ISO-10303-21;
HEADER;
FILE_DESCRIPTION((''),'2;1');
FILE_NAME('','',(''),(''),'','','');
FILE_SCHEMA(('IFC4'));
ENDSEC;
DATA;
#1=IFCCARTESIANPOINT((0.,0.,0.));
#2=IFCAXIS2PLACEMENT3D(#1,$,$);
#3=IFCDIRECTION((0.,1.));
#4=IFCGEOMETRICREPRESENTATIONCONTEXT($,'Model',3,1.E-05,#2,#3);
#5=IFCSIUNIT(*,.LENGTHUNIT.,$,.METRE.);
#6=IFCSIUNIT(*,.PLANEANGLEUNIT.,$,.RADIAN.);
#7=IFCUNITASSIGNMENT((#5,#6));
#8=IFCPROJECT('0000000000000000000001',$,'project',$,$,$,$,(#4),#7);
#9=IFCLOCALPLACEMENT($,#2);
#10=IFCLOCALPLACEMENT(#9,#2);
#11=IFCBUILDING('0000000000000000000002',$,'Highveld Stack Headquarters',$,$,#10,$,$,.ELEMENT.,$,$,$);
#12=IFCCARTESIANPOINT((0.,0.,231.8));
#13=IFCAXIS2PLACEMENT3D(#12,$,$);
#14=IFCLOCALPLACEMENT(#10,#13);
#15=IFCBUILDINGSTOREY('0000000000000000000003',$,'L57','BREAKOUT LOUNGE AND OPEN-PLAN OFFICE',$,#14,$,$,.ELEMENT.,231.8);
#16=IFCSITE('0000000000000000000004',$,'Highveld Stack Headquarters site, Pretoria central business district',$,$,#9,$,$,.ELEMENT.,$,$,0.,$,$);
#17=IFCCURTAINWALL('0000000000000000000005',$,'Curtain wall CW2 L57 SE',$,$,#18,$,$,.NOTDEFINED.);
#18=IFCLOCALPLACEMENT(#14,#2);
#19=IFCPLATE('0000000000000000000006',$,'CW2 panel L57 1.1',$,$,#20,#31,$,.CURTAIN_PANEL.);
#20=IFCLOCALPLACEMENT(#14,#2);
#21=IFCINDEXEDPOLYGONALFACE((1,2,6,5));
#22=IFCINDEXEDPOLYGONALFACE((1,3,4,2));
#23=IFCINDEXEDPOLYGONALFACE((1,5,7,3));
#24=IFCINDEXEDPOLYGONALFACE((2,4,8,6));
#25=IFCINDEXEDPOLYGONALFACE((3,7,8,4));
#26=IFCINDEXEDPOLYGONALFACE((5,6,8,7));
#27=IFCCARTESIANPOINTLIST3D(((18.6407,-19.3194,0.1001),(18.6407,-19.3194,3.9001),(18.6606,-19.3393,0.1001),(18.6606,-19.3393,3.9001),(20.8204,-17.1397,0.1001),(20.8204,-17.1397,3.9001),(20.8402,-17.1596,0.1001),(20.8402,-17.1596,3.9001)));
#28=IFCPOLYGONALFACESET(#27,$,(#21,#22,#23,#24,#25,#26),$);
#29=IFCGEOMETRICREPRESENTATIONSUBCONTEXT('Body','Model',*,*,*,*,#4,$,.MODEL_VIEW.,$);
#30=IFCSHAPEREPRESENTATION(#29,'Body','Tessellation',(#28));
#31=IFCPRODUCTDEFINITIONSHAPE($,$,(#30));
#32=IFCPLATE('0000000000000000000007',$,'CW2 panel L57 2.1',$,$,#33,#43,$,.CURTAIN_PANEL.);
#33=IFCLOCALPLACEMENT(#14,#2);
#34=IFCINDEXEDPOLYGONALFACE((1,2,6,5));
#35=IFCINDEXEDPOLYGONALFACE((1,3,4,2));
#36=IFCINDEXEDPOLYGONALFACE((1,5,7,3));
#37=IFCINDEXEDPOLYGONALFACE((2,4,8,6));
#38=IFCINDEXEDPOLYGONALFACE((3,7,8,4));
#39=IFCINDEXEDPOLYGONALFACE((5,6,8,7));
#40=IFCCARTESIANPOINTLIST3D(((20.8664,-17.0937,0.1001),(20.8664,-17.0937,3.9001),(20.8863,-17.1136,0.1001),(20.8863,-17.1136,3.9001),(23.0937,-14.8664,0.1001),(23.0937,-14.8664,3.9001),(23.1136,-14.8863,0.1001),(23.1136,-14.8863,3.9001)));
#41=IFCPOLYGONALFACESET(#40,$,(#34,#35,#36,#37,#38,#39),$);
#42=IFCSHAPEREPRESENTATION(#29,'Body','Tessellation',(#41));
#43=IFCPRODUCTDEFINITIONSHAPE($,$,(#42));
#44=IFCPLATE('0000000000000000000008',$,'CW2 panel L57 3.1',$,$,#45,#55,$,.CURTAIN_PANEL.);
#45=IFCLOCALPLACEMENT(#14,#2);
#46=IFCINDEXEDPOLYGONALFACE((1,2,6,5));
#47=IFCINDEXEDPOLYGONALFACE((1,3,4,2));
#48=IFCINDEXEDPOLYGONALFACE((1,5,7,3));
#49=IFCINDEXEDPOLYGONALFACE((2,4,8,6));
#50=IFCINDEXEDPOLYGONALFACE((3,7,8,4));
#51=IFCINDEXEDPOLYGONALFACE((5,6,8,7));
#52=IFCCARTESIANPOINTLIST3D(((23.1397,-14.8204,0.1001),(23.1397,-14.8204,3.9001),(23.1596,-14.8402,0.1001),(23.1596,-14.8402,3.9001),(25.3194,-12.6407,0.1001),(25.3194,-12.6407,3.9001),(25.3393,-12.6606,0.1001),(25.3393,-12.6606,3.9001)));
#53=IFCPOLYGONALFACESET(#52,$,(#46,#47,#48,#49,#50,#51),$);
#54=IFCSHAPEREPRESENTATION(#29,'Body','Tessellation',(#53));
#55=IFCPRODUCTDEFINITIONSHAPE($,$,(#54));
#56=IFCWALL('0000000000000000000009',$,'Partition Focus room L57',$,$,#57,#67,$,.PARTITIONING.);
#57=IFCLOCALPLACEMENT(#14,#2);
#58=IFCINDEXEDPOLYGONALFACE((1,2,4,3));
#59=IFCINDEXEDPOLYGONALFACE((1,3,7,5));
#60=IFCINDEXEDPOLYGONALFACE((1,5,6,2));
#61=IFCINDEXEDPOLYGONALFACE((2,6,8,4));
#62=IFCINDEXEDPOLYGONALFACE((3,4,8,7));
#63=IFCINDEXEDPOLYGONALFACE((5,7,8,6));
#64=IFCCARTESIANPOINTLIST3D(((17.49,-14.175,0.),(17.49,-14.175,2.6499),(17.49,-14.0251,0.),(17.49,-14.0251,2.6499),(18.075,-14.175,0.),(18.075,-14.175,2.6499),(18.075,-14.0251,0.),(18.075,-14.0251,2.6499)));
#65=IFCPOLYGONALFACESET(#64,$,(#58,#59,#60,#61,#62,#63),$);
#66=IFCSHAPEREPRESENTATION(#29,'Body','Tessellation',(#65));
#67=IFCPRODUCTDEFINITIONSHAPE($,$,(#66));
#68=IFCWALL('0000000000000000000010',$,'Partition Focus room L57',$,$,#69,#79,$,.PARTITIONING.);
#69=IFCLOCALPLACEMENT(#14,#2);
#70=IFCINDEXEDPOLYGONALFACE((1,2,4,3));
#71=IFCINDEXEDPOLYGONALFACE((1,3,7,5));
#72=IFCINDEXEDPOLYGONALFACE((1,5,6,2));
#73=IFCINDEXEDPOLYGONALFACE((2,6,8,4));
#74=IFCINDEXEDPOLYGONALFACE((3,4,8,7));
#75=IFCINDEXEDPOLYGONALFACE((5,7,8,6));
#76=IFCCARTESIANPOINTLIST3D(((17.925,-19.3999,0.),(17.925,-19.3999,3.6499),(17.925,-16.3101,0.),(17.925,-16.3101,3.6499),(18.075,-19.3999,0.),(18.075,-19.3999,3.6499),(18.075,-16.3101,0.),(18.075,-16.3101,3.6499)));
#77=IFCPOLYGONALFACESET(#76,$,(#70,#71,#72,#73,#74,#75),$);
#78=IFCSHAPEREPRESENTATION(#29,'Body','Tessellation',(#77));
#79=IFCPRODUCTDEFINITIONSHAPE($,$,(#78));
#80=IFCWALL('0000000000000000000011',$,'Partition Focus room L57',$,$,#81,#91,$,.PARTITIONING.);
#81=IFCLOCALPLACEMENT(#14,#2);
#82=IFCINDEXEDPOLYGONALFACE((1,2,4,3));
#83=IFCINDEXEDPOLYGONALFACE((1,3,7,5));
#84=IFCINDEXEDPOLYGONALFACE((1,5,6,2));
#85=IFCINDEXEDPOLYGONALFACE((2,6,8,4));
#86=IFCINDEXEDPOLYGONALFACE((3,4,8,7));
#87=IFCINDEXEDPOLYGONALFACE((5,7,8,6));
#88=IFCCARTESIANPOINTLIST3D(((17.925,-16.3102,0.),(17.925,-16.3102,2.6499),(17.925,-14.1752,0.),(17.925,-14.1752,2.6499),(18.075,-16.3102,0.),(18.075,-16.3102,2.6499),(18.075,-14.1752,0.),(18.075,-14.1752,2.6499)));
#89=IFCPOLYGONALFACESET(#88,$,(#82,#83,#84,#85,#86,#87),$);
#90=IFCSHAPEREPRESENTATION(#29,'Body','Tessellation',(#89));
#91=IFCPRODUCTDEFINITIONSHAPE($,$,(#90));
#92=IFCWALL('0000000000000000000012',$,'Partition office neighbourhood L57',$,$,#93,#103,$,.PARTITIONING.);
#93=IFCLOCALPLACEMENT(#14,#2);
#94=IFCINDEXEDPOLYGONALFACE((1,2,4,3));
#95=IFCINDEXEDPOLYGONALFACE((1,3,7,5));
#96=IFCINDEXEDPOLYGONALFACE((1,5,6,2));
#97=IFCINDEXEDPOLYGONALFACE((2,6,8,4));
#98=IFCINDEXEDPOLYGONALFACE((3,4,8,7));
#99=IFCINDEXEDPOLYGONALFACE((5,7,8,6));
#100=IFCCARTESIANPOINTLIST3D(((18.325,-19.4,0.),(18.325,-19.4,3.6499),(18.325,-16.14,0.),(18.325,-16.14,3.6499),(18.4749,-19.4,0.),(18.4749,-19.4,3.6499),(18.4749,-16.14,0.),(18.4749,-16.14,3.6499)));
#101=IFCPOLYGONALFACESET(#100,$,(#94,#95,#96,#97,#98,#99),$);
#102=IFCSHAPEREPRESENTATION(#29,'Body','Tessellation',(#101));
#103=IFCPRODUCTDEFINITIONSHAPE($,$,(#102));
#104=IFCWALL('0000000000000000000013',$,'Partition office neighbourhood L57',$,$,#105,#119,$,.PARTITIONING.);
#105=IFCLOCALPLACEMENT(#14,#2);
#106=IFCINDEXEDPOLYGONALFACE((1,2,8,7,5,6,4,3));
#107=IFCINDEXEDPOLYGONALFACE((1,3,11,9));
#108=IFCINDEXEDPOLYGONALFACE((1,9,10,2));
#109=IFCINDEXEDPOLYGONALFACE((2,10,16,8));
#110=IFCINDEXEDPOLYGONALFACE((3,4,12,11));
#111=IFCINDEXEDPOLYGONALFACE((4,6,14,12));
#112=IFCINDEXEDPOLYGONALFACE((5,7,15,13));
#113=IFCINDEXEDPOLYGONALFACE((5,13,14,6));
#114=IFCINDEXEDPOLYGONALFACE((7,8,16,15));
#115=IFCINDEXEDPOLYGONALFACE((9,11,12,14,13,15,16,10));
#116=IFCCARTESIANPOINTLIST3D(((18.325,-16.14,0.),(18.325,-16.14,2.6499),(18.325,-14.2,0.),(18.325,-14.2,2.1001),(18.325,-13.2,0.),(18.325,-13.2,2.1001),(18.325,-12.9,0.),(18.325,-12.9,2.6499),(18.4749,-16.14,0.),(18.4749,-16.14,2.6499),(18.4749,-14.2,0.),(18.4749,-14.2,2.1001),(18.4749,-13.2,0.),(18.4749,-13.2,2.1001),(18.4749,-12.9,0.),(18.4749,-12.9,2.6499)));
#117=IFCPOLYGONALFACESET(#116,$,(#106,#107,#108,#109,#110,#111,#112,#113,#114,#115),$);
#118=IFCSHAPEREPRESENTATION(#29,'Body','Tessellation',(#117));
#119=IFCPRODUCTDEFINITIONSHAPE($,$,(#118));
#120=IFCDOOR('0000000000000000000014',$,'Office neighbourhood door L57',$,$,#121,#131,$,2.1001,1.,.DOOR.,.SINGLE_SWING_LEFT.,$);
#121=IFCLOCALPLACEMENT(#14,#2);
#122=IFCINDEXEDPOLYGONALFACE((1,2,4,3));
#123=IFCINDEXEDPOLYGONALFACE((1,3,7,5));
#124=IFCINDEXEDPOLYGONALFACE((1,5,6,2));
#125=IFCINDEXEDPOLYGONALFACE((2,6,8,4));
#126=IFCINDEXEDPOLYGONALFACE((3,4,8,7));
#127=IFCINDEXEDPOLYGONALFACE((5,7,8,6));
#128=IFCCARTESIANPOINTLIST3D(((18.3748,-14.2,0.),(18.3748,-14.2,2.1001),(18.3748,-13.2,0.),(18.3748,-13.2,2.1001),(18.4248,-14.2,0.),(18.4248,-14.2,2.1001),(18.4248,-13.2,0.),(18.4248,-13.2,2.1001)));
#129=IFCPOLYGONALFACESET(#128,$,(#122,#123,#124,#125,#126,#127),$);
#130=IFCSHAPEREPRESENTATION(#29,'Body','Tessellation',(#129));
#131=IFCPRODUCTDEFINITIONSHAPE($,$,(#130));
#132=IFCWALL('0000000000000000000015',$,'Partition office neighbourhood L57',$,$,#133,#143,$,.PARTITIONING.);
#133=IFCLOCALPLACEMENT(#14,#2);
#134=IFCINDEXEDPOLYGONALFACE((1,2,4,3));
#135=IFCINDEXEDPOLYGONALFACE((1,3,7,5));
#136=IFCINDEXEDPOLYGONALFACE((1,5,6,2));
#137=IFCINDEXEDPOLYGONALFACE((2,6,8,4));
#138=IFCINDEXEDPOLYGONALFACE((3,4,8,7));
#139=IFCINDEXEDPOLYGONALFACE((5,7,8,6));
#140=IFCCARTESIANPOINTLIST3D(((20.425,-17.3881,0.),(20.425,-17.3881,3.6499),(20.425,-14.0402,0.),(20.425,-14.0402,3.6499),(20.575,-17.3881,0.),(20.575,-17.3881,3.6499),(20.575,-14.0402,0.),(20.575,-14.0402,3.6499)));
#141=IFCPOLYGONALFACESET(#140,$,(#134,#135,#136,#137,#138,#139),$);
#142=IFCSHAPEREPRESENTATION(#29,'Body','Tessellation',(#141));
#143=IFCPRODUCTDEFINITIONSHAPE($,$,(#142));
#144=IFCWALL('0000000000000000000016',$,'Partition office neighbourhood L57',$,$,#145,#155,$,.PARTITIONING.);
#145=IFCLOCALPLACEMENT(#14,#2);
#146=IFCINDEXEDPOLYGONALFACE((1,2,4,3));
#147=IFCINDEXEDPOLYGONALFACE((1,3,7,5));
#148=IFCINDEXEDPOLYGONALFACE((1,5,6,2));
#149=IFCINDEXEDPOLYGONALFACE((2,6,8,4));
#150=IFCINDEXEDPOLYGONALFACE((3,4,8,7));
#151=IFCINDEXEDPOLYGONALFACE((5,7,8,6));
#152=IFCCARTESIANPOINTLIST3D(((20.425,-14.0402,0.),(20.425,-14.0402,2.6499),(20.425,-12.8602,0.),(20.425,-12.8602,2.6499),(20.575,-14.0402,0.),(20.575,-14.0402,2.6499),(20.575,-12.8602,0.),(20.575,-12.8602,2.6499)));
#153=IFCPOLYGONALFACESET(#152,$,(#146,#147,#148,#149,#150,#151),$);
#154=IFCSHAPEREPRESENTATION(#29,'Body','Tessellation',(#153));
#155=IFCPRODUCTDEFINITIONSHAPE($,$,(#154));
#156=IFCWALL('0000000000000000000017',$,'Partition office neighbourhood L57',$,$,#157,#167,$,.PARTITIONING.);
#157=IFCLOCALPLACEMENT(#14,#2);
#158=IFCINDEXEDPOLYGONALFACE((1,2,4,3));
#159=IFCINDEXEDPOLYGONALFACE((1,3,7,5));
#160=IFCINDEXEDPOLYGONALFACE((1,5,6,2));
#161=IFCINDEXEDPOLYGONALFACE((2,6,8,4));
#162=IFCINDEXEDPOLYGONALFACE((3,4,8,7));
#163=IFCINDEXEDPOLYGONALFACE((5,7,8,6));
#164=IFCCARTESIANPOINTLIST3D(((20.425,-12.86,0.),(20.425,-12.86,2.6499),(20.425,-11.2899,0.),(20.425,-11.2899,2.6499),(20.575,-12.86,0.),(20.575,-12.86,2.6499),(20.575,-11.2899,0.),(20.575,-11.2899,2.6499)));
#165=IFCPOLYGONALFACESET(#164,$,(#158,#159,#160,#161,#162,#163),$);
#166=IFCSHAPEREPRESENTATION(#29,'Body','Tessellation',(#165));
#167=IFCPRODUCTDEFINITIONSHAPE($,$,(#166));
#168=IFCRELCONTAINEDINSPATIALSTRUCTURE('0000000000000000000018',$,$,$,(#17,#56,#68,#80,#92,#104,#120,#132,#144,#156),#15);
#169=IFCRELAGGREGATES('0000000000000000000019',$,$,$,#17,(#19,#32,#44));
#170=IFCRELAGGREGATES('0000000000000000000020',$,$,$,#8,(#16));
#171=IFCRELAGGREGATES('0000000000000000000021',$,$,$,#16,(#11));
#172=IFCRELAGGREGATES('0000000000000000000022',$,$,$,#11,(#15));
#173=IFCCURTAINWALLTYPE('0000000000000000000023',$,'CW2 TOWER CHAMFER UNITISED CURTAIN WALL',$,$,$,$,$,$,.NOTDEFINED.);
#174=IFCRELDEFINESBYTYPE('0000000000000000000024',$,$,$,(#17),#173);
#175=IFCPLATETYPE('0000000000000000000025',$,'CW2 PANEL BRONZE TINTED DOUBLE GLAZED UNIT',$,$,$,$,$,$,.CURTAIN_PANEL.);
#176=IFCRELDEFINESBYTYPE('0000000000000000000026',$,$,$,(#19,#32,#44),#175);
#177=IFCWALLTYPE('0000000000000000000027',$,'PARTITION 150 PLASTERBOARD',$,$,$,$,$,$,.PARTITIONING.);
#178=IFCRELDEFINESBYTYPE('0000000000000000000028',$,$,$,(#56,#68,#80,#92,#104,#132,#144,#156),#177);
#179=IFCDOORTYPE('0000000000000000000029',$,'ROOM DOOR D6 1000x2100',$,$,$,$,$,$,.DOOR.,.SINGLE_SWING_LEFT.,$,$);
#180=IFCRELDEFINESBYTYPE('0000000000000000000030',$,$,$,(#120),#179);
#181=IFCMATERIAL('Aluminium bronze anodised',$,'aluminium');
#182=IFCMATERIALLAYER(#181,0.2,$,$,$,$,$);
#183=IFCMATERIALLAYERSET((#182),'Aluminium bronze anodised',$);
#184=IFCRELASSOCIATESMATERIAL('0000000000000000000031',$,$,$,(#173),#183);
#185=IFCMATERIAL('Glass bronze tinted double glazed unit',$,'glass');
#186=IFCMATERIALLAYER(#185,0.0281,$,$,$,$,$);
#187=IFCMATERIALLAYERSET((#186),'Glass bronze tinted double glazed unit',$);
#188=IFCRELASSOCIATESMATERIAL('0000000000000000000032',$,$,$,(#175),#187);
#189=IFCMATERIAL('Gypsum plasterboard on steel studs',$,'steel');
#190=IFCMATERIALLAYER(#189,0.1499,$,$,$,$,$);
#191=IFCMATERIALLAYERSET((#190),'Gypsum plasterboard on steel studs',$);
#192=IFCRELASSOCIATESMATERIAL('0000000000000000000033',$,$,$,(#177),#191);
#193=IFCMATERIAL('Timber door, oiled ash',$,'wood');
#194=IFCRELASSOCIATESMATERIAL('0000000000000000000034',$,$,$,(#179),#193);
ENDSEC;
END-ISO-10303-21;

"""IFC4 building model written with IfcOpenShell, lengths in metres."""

from ifc_helpers import new_model, si_unit, direction, frame, frame_2d, origin, origin_2d, place, context, subcontext, project, spatial, rectangle, extrude, material, layer, layer_set, type_object, element, fill, aggregate, save


model = new_model("IFC4")

# Units and contexts
model_context = context("Model", 3, precision=1e-05, world=origin(), true_north=direction((0.0, 1.0)))
body_context = subcontext(model_context, "Body", "Model", "MODEL_VIEW")
ifc_project = project(units=[si_unit("LENGTHUNIT", "METRE"), si_unit("PLANEANGLEUNIT", "RADIAN")], contexts=[model_context])

# Site, building, storey
site_placement = place(None, origin())
site = spatial("IfcSite", under=ifc_project, at=site_placement, Name="Highveld Stack Headquarters site, Pretoria central business district", CompositionType="ELEMENT", RefElevation=0.0)
building_placement = place(site_placement, origin())
building = spatial("IfcBuilding", under=site, at=building_placement, Name="Highveld Stack Headquarters", CompositionType="ELEMENT")
storey_placement = place(building_placement, frame((0.0, 0.0, 231.8)))
storey = spatial("IfcBuildingStorey", under=building, at=storey_placement, Name="L57", Description="BREAKOUT LOUNGE AND OPEN-PLAN OFFICE", CompositionType="ELEMENT", Elevation=231.8)

# Curtain wall, plates
ifc_material_1 = material(Name="Aluminium bronze anodised", Category="aluminium")
ifc_layer_1 = layer(ifc_material_1, 0.2)
ifc_layer_set_1 = layer_set([ifc_layer_1], Name="Aluminium bronze anodised")
curtain_wall_type_1 = type_object("IfcCurtainWallType", Name="CW2 TOWER CHAMFER UNITISED CURTAIN WALL", PredefinedType="NOTDEFINED", material=ifc_layer_set_1)
curtain_wall_1_placement = place(storey_placement, origin())
curtain_wall_1 = element("IfcCurtainWall", 1, at=curtain_wall_1_placement, inside=storey, type_object=curtain_wall_type_1, Name="Curtain wall CW2 L57 SE", PredefinedType="NOTDEFINED")
ifc_material_2 = material(Name="Glass bronze tinted double glazed unit", Category="glass")
ifc_layer_2 = layer(ifc_material_2, 0.0281)
ifc_layer_set_2 = layer_set([ifc_layer_2], Name="Glass bronze tinted double glazed unit")
plate_type = type_object("IfcPlateType", Name="CW2 PANEL BRONZE TINTED DOUBLE GLAZED UNIT", PredefinedType="CURTAIN_PANEL", material=ifc_layer_set_2)
plate_1_placement = place(storey_placement, frame((19.7405, -18.2395, 0.1001), z_axis=(0.0, 0.0, 1.0), x_axis=(0.707107, 0.707107, 0.0)))
plate_1 = element("IfcPlate", 2, at=plate_1_placement, type_object=plate_type, Name="CW2 panel L57 1.1", PredefinedType="CURTAIN_PANEL", context=body_context, shape_type="SweptSolid", body=[
    extrude(rectangle(XDim=3.0825, YDim=0.0281, at=origin_2d()), origin(), (0.0, 0.0, 1.0), 3.8),
])
plate_2_placement = place(storey_placement, frame((21.99, -15.99, 0.1001), z_axis=(0.0, 0.0, 1.0), x_axis=(0.707107, 0.707107, 0.0)))
plate_2 = element("IfcPlate", 3, at=plate_2_placement, type_object=plate_type, Name="CW2 panel L57 2.1", PredefinedType="CURTAIN_PANEL", context=body_context, shape_type="SweptSolid", body=[
    extrude(rectangle(XDim=3.1499, YDim=0.0281, at=origin_2d()), origin(), (0.0, 0.0, 1.0), 3.8),
])
plate_3_placement = place(storey_placement, frame((24.2395, -13.7405, 0.1001), z_axis=(0.0, 0.0, 1.0), x_axis=(0.707107, 0.707107, 0.0)))
plate_3 = element("IfcPlate", 4, at=plate_3_placement, type_object=plate_type, Name="CW2 panel L57 3.1", PredefinedType="CURTAIN_PANEL", context=body_context, shape_type="SweptSolid", body=[
    extrude(rectangle(XDim=3.0825, YDim=0.0281, at=origin_2d()), origin(), (0.0, 0.0, 1.0), 3.8),
])
aggregate(curtain_wall_1, [plate_1, plate_2, plate_3])

# Walls
ifc_material_3 = material(Name="Gypsum plasterboard on steel studs", Category="steel")
ifc_layer_3 = layer(ifc_material_3, 0.1499)
ifc_layer_set_3 = layer_set([ifc_layer_3], Name="Gypsum plasterboard on steel studs")
wall_type = type_object("IfcWallType", Name="PARTITION 150 PLASTERBOARD", PredefinedType="PARTITIONING", material=ifc_layer_set_3)
wall_1_placement = place(storey_placement, frame((17.49, -14.1001, 0.0), z_axis=(0.0, 0.0, 1.0), x_axis=(1.0, 0.0, 0.0)))
element("IfcWall", 5, at=wall_1_placement, inside=storey, type_object=wall_type, Name="Partition Focus room L57", PredefinedType="PARTITIONING", context=body_context, shape_type="SweptSolid", body=[
    extrude(rectangle(XDim=0.585, YDim=0.1499, at=frame_2d((0.2925, 0.0))), origin(), (0.0, 0.0, 1.0), 2.6499),
])
wall_2_placement = place(storey_placement, frame((18.0, -19.3999, 0.0), z_axis=(0.0, 0.0, 1.0), x_axis=(0.0, 1.0, 0.0)))
element("IfcWall", 6, at=wall_2_placement, inside=storey, type_object=wall_type, Name="Partition Focus room L57", PredefinedType="PARTITIONING", context=body_context, shape_type="SweptSolid", body=[
    extrude(rectangle(XDim=3.0898, YDim=0.1499, at=frame_2d((1.5449, 0.0))), origin(), (0.0, 0.0, 1.0), 3.6499),
])
wall_3_placement = place(storey_placement, frame((18.0, -16.3101, 0.0), z_axis=(0.0, 0.0, 1.0), x_axis=(0.0, 1.0, 0.0)))
element("IfcWall", 7, at=wall_3_placement, inside=storey, type_object=wall_type, Name="Partition Focus room L57", PredefinedType="PARTITIONING", context=body_context, shape_type="SweptSolid", body=[
    extrude(rectangle(XDim=2.135, YDim=0.1499, at=frame_2d((1.0674, 0.0))), origin(), (0.0, 0.0, 1.0), 2.6499),
])
wall_4_placement = place(storey_placement, frame((18.3999, -19.3999, 0.0), z_axis=(0.0, 0.0, 1.0), x_axis=(0.0, 1.0, 0.0)))
element("IfcWall", 8, at=wall_4_placement, inside=storey, type_object=wall_type, Name="Partition office neighbourhood L57", PredefinedType="PARTITIONING", context=body_context, shape_type="SweptSolid", body=[
    extrude(rectangle(XDim=3.26, YDim=0.1499, at=frame_2d((1.6299, 0.0))), origin(), (0.0, 0.0, 1.0), 3.6499),
])

# Wall, opening, door
wall_5_placement = place(storey_placement, frame((18.3999, -12.8999, 0.0), z_axis=(0.0, 0.0, 1.0), x_axis=(0.0, -1.0, 0.0)))
wall_5 = element("IfcWall", 9, at=wall_5_placement, inside=storey, type_object=wall_type, Name="Partition office neighbourhood L57", PredefinedType="PARTITIONING", context=body_context, shape_type="SweptSolid", body=[
    extrude(rectangle(XDim=3.24, YDim=0.1499, at=frame_2d((1.6201, 0.0))), origin(), (0.0, 0.0, 1.0), 2.6499),
])
opening_placement = place(wall_5_placement, frame((0.3, 0.0, 0.0)))
opening = element("IfcOpeningElement", 10, at=opening_placement, cuts=wall_5, PredefinedType="OPENING", context=body_context, shape_type="SweptSolid", body=[
    extrude(rectangle(XDim=1.0, YDim=2.1001, at=frame_2d((0.5, 1.05))), frame((0.0, 0.085, 0.0), z_axis=(0.0, -1.0, 0.0), x_axis=(1.0, 0.0, 0.0)), (0.0, 0.0, 1.0), 0.1699),
])
ifc_material_4 = material(Name="Timber door, oiled ash", Category="wood")
door_type = type_object("IfcDoorType", Name="ROOM DOOR D6 1000x2100", OperationType="SINGLE_SWING_LEFT", PredefinedType="DOOR", material=ifc_material_4)
door_placement = place(opening_placement, origin())
door = element("IfcDoor", 11, at=door_placement, inside=storey, type_object=door_type, Name="Office neighbourhood door L57", OperationType="SINGLE_SWING_LEFT", OverallHeight=2.1001, OverallWidth=1.0, PredefinedType="DOOR", context=body_context, shape_type="SweptSolid", body=[
    extrude(rectangle(XDim=1.0, YDim=2.1001, at=frame_2d((0.5, 1.05))), frame((0.0, 0.0249, 0.0), z_axis=(0.0, -1.0, 0.0), x_axis=(1.0, 0.0, 0.0)), (0.0, 0.0, 1.0), 0.05),
])
fill(opening, door)

# Walls
wall_6_placement = place(storey_placement, frame((20.5, -17.3879, 0.0), z_axis=(0.0, 0.0, 1.0), x_axis=(0.0, 1.0, 0.0)))
element("IfcWall", 12, at=wall_6_placement, inside=storey, type_object=wall_type, Name="Partition office neighbourhood L57", PredefinedType="PARTITIONING", context=body_context, shape_type="SweptSolid", body=[
    extrude(rectangle(XDim=3.3479, YDim=0.1499, at=frame_2d((1.6738, 0.0))), origin(), (0.0, 0.0, 1.0), 3.6499),
])
wall_7_placement = place(storey_placement, frame((20.5, -14.04, 0.0), z_axis=(0.0, 0.0, 1.0), x_axis=(0.0, 1.0, 0.0)))
element("IfcWall", 13, at=wall_7_placement, inside=storey, type_object=wall_type, Name="Partition office neighbourhood L57", PredefinedType="PARTITIONING", context=body_context, shape_type="SweptSolid", body=[
    extrude(rectangle(XDim=1.1799, YDim=0.1499, at=frame_2d((0.5898, 0.0))), origin(), (0.0, 0.0, 1.0), 2.6499),
])
wall_8_placement = place(storey_placement, frame((20.5, -12.8601, 0.0), z_axis=(0.0, 0.0, 1.0), x_axis=(0.0, 1.0, 0.0)))
element("IfcWall", 14, at=wall_8_placement, inside=storey, type_object=wall_type, Name="Partition office neighbourhood L57", PredefinedType="PARTITIONING", context=body_context, shape_type="SweptSolid", body=[
    extrude(rectangle(XDim=1.5701, YDim=0.1499, at=frame_2d((0.7852, 0.0))), origin(), (0.0, 0.0, 1.0), 2.6499),
])

save(model, "model.ifc")
